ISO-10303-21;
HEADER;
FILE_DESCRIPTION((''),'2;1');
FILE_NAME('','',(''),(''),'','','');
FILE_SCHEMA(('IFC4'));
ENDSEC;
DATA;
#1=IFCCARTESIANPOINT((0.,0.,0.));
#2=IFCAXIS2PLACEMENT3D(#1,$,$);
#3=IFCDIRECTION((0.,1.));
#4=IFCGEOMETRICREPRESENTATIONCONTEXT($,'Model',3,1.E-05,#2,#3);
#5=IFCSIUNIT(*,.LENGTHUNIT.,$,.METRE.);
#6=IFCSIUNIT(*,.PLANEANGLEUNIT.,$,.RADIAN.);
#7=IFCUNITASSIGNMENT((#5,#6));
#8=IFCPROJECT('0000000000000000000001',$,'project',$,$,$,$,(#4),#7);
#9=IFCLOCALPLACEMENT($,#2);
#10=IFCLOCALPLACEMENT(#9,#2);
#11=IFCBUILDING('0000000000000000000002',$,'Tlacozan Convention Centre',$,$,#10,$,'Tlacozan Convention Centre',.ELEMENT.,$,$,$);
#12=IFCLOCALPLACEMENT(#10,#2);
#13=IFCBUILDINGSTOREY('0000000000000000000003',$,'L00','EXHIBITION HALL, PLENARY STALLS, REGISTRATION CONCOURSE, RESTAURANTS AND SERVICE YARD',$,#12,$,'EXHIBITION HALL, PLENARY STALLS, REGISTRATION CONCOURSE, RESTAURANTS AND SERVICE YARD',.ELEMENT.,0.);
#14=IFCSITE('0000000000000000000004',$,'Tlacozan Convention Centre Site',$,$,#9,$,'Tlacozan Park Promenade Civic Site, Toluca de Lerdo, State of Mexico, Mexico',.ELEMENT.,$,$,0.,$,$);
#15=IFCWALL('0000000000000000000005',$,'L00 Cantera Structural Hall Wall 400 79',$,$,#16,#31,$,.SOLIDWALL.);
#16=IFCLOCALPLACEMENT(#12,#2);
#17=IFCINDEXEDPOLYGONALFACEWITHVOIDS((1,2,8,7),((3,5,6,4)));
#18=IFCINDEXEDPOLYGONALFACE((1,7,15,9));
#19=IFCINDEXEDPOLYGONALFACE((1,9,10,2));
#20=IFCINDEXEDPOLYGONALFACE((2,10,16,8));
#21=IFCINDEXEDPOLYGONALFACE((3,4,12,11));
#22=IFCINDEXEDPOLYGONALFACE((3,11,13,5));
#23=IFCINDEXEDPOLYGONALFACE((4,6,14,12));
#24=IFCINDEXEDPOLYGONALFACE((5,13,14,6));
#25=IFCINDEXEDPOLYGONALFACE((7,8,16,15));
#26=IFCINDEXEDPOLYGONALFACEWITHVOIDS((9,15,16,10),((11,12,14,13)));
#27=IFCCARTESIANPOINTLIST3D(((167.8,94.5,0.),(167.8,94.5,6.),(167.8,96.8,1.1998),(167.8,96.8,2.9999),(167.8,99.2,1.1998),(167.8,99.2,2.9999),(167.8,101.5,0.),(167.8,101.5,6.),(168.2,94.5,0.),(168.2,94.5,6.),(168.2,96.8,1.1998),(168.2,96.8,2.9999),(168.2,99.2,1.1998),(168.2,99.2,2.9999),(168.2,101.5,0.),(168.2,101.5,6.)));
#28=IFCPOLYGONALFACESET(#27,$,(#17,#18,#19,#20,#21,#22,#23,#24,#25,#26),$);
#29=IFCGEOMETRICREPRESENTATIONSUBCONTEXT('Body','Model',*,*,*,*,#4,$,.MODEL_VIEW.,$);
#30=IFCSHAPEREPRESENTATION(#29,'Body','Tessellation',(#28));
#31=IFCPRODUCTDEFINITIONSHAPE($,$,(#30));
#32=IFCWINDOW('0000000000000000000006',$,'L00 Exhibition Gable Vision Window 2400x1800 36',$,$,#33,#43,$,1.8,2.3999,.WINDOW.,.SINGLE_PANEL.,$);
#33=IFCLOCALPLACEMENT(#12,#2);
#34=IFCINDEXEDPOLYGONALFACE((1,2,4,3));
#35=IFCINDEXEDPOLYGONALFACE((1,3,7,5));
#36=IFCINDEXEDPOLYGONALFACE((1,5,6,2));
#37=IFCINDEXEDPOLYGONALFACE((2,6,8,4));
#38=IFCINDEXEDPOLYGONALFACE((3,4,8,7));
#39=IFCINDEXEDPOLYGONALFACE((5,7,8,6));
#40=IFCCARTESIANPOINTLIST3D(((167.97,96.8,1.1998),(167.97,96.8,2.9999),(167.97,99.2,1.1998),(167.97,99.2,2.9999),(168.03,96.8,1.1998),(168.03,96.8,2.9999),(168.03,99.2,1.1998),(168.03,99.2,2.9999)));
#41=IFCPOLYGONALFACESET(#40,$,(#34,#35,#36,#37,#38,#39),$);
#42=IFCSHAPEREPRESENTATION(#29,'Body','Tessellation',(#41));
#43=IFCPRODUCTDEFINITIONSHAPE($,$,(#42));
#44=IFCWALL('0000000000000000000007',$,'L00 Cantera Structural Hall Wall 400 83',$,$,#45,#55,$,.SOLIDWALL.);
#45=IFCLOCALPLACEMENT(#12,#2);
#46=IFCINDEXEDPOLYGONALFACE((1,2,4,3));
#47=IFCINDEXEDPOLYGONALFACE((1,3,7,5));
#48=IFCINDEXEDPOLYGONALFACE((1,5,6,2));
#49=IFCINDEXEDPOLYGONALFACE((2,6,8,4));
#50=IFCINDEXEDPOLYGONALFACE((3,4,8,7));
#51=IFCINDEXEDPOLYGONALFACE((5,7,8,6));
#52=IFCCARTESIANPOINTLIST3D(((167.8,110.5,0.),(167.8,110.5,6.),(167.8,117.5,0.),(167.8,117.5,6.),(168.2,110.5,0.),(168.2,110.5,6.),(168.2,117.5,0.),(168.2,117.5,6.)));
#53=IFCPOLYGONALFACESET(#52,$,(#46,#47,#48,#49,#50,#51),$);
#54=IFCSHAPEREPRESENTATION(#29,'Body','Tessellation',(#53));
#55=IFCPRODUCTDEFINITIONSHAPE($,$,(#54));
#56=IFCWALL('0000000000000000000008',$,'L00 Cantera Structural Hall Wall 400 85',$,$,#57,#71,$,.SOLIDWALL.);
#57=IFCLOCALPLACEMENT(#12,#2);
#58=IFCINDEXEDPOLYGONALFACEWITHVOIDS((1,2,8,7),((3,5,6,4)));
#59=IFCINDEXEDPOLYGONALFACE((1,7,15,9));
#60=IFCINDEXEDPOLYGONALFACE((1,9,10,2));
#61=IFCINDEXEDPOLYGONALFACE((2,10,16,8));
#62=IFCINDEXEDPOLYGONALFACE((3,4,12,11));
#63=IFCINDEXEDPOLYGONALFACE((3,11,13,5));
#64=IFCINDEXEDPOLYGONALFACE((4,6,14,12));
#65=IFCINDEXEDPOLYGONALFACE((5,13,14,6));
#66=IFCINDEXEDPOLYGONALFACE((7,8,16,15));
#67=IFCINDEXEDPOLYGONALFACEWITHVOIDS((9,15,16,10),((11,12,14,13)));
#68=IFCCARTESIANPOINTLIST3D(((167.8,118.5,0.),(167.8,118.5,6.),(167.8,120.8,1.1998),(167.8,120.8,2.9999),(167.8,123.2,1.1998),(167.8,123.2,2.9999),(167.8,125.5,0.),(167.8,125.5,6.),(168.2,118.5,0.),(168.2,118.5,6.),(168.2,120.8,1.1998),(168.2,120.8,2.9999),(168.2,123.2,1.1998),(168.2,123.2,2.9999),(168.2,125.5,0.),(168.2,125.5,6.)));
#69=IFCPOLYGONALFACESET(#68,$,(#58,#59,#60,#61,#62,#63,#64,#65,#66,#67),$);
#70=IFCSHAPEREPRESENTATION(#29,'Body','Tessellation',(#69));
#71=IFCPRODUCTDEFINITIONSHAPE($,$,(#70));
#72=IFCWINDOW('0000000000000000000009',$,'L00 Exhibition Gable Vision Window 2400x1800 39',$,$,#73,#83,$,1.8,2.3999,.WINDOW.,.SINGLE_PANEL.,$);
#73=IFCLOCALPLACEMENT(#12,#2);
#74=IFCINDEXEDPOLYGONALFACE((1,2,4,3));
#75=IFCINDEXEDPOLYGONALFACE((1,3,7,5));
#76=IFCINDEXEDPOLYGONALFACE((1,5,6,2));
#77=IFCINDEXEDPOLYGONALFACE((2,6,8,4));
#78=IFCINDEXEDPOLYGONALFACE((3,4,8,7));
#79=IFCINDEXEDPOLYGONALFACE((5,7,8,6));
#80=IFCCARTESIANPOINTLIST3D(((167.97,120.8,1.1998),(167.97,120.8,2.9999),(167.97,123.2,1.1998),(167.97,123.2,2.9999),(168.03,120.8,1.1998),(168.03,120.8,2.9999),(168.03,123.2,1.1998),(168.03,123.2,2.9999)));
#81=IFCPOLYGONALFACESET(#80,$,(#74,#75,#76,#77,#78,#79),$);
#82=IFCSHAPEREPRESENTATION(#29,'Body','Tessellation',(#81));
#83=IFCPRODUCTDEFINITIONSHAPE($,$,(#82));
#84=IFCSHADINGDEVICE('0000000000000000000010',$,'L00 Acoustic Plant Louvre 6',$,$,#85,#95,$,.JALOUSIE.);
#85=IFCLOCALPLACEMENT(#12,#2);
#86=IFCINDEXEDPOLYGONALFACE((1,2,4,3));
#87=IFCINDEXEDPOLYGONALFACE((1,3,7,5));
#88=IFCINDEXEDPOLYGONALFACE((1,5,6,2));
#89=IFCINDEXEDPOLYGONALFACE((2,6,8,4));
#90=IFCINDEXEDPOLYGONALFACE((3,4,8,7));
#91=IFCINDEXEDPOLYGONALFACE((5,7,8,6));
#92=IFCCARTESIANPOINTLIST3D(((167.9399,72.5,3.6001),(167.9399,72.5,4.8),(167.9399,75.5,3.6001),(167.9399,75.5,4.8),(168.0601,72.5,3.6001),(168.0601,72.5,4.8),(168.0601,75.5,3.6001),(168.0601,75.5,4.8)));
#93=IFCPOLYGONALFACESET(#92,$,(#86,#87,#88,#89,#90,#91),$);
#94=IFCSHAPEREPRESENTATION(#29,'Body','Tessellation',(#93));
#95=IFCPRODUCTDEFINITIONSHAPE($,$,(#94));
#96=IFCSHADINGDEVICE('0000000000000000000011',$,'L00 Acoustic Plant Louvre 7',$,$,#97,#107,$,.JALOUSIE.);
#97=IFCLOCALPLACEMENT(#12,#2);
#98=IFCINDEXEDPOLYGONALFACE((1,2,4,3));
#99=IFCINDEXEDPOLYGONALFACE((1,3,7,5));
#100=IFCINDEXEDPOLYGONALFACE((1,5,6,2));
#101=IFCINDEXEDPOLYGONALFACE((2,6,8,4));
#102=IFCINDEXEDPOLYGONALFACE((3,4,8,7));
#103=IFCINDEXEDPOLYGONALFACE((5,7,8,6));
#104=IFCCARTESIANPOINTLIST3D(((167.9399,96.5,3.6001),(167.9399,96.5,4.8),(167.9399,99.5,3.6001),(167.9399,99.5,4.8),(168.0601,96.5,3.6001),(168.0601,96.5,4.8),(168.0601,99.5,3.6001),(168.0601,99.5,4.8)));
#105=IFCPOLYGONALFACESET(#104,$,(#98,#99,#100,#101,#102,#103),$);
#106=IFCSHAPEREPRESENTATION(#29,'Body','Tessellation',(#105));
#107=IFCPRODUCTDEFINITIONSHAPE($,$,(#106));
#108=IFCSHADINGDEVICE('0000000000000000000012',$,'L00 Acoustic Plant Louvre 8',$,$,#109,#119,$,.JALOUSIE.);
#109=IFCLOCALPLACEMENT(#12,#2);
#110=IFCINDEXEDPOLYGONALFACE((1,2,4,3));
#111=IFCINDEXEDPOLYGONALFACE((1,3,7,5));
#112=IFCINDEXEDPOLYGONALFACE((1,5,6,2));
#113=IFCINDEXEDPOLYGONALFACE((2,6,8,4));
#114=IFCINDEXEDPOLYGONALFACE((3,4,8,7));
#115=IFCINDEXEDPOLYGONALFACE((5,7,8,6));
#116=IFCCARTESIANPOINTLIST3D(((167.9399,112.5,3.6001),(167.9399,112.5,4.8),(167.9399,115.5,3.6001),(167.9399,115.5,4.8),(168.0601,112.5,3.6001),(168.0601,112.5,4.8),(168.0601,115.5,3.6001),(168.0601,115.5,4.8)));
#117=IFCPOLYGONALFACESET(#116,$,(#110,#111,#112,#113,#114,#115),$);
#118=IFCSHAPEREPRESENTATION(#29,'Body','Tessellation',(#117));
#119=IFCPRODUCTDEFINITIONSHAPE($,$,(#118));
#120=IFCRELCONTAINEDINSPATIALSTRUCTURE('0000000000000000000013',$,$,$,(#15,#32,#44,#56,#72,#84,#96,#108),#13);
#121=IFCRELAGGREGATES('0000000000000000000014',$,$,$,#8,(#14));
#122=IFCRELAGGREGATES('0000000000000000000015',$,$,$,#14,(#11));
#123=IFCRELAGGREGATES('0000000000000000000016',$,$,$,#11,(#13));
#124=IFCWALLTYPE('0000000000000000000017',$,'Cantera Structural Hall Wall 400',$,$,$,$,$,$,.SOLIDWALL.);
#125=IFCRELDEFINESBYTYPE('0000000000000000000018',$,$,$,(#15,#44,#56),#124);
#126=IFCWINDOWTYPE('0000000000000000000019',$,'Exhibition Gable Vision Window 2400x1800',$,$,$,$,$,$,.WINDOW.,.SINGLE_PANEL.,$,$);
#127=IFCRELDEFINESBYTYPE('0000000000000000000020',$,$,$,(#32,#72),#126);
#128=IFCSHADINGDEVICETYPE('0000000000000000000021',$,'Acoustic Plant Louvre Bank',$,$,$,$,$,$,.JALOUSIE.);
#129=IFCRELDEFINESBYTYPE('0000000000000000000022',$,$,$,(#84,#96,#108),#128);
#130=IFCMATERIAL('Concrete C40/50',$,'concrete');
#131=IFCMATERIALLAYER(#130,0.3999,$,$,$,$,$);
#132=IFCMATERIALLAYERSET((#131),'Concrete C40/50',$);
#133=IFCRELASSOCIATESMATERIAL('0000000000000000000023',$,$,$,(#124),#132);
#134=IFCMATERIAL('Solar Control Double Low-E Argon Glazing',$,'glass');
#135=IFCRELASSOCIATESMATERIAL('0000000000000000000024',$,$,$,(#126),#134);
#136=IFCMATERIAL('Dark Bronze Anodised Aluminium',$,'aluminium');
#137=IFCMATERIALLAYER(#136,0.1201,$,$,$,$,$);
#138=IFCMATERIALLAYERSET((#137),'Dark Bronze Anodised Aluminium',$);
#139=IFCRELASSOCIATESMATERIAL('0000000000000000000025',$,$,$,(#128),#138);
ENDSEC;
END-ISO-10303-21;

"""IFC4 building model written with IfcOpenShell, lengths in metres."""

from ifc_helpers import new_model, si_unit, direction, frame, frame_2d, origin, origin_2d, place, context, subcontext, project, spatial, rectangle, extrude, material, layer, layer_set, type_object, element, fill, save


model = new_model("IFC4")

# Units and contexts
model_context = context("Model", 3, precision=1e-05, world=origin(), true_north=direction((0.0, 1.0)))
body_context = subcontext(model_context, "Body", "Model", "MODEL_VIEW")
ifc_project = project(units=[si_unit("LENGTHUNIT", "METRE"), si_unit("PLANEANGLEUNIT", "RADIAN")], contexts=[model_context])

# Site, building, storey
site_placement = place(None, origin())
site = spatial("IfcSite", under=ifc_project, at=site_placement, Name="Tlacozan Convention Centre Site", LongName="Tlacozan Park Promenade Civic Site, Toluca de Lerdo, State of Mexico, Mexico", CompositionType="ELEMENT", RefElevation=0.0)
building_placement = place(site_placement, origin())
building = spatial("IfcBuilding", under=site, at=building_placement, Name="Tlacozan Convention Centre", LongName="Tlacozan Convention Centre", CompositionType="ELEMENT")
storey_placement = place(building_placement, origin())
storey = spatial("IfcBuildingStorey", under=building, at=storey_placement, Name="L00", Description="EXHIBITION HALL, PLENARY STALLS, REGISTRATION CONCOURSE, RESTAURANTS AND SERVICE YARD", LongName="EXHIBITION HALL, PLENARY STALLS, REGISTRATION CONCOURSE, RESTAURANTS AND SERVICE YARD", CompositionType="ELEMENT", Elevation=0.0)

# Shared definitions
ifc_material_1 = material(Name="Concrete C40/50", Category="concrete")

# Shared definitions
ifc_layer_1 = layer(ifc_material_1, 0.3999)
ifc_layer_set_1 = layer_set([ifc_layer_1], Name="Concrete C40/50")
wall_type = type_object("IfcWallType", Name="Cantera Structural Hall Wall 400", PredefinedType="SOLIDWALL", material=ifc_layer_set_1)

# Wall, opening, window
ifc_material_2 = material(Name="Solar Control Double Low-E Argon Glazing", Category="glass")
window_type = type_object("IfcWindowType", Name="Exhibition Gable Vision Window 2400x1800", PartitioningType="SINGLE_PANEL", PredefinedType="WINDOW", material=ifc_material_2)
wall_1_placement = place(storey_placement, frame((168.0, 94.5, 0.0), z_axis=(0.0, 0.0, 1.0), x_axis=(0.0, 1.0, 0.0)))
wall_1 = element("IfcWall", 1, at=wall_1_placement, inside=storey, type_object=wall_type, Name="L00 Cantera Structural Hall Wall 400 79", PredefinedType="SOLIDWALL", context=body_context, shape_type="SweptSolid", body=[
    extrude(rectangle(XDim=7.0, YDim=0.3999, at=frame_2d((3.5, 0.0))), origin(), (0.0, 0.0, 1.0), 6.0),
])
opening_1_placement = place(wall_1_placement, frame((2.3, 0.0, 1.2)))
opening_1 = element("IfcOpeningElement", 2, at=opening_1_placement, cuts=wall_1, PredefinedType="OPENING", context=body_context, shape_type="SweptSolid", body=[
    extrude(rectangle(XDim=2.3999, YDim=1.8, at=frame_2d((1.2, 0.8999))), frame((0.0, 0.21, 0.0), z_axis=(0.0, -1.0, 0.0), x_axis=(1.0, 0.0, 0.0)), (0.0, 0.0, 1.0), 0.4199),
])
window_1_placement = place(opening_1_placement, origin())
window_1 = element("IfcWindow", 3, at=window_1_placement, inside=storey, type_object=window_type, Name="L00 Exhibition Gable Vision Window 2400x1800 36", OverallHeight=1.8, OverallWidth=2.3999, PartitioningType="SINGLE_PANEL", PredefinedType="WINDOW", context=body_context, shape_type="SweptSolid", body=[
    extrude(rectangle(XDim=2.3999, YDim=1.8, at=frame_2d((1.2, 0.8999))), frame((0.0, 0.03, 0.0), z_axis=(0.0, -1.0, 0.0), x_axis=(1.0, 0.0, 0.0)), (0.0, 0.0, 1.0), 0.0601),
])
fill(opening_1, window_1)

# Wall
wall_2_placement = place(storey_placement, frame((168.0, 110.5, 0.0), z_axis=(0.0, 0.0, 1.0), x_axis=(0.0, 1.0, 0.0)))
element("IfcWall", 4, at=wall_2_placement, inside=storey, type_object=wall_type, Name="L00 Cantera Structural Hall Wall 400 83", PredefinedType="SOLIDWALL", context=body_context, shape_type="SweptSolid", body=[
    extrude(rectangle(XDim=7.0, YDim=0.3999, at=frame_2d((3.5, 0.0))), origin(), (0.0, 0.0, 1.0), 6.0),
])

# Wall, opening, window
wall_3_placement = place(storey_placement, frame((168.0, 118.5, 0.0), z_axis=(0.0, 0.0, 1.0), x_axis=(0.0, 1.0, 0.0)))
wall_3 = element("IfcWall", 5, at=wall_3_placement, inside=storey, type_object=wall_type, Name="L00 Cantera Structural Hall Wall 400 85", PredefinedType="SOLIDWALL", context=body_context, shape_type="SweptSolid", body=[
    extrude(rectangle(XDim=7.0, YDim=0.3999, at=frame_2d((3.5, 0.0))), origin(), (0.0, 0.0, 1.0), 6.0),
])
opening_2_placement = place(wall_3_placement, frame((2.3, 0.0, 1.2)))
opening_2 = element("IfcOpeningElement", 6, at=opening_2_placement, cuts=wall_3, PredefinedType="OPENING", context=body_context, shape_type="SweptSolid", body=[
    extrude(rectangle(XDim=2.3999, YDim=1.8, at=frame_2d((1.2, 0.8999))), frame((0.0, 0.21, 0.0), z_axis=(0.0, -1.0, 0.0), x_axis=(1.0, 0.0, 0.0)), (0.0, 0.0, 1.0), 0.4199),
])
window_2_placement = place(opening_2_placement, origin())
window_2 = element("IfcWindow", 7, at=window_2_placement, inside=storey, type_object=window_type, Name="L00 Exhibition Gable Vision Window 2400x1800 39", OverallHeight=1.8, OverallWidth=2.3999, PartitioningType="SINGLE_PANEL", PredefinedType="WINDOW", context=body_context, shape_type="SweptSolid", body=[
    extrude(rectangle(XDim=2.3999, YDim=1.8, at=frame_2d((1.2, 0.8999))), frame((0.0, 0.03, 0.0), z_axis=(0.0, -1.0, 0.0), x_axis=(1.0, 0.0, 0.0)), (0.0, 0.0, 1.0), 0.0601),
])
fill(opening_2, window_2)

# Shading devices
ifc_material_3 = material(Name="Dark Bronze Anodised Aluminium", Category="aluminium")
ifc_layer_2 = layer(ifc_material_3, 0.1201)
ifc_layer_set_2 = layer_set([ifc_layer_2], Name="Dark Bronze Anodised Aluminium")
shading_device_type = type_object("IfcShadingDeviceType", Name="Acoustic Plant Louvre Bank", PredefinedType="JALOUSIE", material=ifc_layer_set_2)
for number, where, z_axis, x_axis, name in (
    (8, (168.0, 74.0, 3.6001), (0.0, 0.0, 1.0), (0.0, 1.0, 0.0), "L00 Acoustic Plant Louvre 6"),
    (9, (168.0, 98.0, 3.6001), (0.0, 0.0, 1.0), (0.0, 1.0, 0.0), "L00 Acoustic Plant Louvre 7"),
    (10, (168.0, 114.0, 3.6001), (0.0, 0.0, 1.0), (0.0, 1.0, 0.0), "L00 Acoustic Plant Louvre 8"),
):
    element("IfcShadingDevice", number, at=place(storey_placement, frame(where, z_axis=z_axis, x_axis=x_axis)), inside=storey, type_object=shading_device_type, Name=name, PredefinedType="JALOUSIE", context=body_context, shape_type="SweptSolid", body=[
        extrude(rectangle(XDim=3.0, YDim=0.1201, at=origin_2d()), origin(), (0.0, 0.0, 1.0), 1.2),
    ])

save(model, "model.ifc")
